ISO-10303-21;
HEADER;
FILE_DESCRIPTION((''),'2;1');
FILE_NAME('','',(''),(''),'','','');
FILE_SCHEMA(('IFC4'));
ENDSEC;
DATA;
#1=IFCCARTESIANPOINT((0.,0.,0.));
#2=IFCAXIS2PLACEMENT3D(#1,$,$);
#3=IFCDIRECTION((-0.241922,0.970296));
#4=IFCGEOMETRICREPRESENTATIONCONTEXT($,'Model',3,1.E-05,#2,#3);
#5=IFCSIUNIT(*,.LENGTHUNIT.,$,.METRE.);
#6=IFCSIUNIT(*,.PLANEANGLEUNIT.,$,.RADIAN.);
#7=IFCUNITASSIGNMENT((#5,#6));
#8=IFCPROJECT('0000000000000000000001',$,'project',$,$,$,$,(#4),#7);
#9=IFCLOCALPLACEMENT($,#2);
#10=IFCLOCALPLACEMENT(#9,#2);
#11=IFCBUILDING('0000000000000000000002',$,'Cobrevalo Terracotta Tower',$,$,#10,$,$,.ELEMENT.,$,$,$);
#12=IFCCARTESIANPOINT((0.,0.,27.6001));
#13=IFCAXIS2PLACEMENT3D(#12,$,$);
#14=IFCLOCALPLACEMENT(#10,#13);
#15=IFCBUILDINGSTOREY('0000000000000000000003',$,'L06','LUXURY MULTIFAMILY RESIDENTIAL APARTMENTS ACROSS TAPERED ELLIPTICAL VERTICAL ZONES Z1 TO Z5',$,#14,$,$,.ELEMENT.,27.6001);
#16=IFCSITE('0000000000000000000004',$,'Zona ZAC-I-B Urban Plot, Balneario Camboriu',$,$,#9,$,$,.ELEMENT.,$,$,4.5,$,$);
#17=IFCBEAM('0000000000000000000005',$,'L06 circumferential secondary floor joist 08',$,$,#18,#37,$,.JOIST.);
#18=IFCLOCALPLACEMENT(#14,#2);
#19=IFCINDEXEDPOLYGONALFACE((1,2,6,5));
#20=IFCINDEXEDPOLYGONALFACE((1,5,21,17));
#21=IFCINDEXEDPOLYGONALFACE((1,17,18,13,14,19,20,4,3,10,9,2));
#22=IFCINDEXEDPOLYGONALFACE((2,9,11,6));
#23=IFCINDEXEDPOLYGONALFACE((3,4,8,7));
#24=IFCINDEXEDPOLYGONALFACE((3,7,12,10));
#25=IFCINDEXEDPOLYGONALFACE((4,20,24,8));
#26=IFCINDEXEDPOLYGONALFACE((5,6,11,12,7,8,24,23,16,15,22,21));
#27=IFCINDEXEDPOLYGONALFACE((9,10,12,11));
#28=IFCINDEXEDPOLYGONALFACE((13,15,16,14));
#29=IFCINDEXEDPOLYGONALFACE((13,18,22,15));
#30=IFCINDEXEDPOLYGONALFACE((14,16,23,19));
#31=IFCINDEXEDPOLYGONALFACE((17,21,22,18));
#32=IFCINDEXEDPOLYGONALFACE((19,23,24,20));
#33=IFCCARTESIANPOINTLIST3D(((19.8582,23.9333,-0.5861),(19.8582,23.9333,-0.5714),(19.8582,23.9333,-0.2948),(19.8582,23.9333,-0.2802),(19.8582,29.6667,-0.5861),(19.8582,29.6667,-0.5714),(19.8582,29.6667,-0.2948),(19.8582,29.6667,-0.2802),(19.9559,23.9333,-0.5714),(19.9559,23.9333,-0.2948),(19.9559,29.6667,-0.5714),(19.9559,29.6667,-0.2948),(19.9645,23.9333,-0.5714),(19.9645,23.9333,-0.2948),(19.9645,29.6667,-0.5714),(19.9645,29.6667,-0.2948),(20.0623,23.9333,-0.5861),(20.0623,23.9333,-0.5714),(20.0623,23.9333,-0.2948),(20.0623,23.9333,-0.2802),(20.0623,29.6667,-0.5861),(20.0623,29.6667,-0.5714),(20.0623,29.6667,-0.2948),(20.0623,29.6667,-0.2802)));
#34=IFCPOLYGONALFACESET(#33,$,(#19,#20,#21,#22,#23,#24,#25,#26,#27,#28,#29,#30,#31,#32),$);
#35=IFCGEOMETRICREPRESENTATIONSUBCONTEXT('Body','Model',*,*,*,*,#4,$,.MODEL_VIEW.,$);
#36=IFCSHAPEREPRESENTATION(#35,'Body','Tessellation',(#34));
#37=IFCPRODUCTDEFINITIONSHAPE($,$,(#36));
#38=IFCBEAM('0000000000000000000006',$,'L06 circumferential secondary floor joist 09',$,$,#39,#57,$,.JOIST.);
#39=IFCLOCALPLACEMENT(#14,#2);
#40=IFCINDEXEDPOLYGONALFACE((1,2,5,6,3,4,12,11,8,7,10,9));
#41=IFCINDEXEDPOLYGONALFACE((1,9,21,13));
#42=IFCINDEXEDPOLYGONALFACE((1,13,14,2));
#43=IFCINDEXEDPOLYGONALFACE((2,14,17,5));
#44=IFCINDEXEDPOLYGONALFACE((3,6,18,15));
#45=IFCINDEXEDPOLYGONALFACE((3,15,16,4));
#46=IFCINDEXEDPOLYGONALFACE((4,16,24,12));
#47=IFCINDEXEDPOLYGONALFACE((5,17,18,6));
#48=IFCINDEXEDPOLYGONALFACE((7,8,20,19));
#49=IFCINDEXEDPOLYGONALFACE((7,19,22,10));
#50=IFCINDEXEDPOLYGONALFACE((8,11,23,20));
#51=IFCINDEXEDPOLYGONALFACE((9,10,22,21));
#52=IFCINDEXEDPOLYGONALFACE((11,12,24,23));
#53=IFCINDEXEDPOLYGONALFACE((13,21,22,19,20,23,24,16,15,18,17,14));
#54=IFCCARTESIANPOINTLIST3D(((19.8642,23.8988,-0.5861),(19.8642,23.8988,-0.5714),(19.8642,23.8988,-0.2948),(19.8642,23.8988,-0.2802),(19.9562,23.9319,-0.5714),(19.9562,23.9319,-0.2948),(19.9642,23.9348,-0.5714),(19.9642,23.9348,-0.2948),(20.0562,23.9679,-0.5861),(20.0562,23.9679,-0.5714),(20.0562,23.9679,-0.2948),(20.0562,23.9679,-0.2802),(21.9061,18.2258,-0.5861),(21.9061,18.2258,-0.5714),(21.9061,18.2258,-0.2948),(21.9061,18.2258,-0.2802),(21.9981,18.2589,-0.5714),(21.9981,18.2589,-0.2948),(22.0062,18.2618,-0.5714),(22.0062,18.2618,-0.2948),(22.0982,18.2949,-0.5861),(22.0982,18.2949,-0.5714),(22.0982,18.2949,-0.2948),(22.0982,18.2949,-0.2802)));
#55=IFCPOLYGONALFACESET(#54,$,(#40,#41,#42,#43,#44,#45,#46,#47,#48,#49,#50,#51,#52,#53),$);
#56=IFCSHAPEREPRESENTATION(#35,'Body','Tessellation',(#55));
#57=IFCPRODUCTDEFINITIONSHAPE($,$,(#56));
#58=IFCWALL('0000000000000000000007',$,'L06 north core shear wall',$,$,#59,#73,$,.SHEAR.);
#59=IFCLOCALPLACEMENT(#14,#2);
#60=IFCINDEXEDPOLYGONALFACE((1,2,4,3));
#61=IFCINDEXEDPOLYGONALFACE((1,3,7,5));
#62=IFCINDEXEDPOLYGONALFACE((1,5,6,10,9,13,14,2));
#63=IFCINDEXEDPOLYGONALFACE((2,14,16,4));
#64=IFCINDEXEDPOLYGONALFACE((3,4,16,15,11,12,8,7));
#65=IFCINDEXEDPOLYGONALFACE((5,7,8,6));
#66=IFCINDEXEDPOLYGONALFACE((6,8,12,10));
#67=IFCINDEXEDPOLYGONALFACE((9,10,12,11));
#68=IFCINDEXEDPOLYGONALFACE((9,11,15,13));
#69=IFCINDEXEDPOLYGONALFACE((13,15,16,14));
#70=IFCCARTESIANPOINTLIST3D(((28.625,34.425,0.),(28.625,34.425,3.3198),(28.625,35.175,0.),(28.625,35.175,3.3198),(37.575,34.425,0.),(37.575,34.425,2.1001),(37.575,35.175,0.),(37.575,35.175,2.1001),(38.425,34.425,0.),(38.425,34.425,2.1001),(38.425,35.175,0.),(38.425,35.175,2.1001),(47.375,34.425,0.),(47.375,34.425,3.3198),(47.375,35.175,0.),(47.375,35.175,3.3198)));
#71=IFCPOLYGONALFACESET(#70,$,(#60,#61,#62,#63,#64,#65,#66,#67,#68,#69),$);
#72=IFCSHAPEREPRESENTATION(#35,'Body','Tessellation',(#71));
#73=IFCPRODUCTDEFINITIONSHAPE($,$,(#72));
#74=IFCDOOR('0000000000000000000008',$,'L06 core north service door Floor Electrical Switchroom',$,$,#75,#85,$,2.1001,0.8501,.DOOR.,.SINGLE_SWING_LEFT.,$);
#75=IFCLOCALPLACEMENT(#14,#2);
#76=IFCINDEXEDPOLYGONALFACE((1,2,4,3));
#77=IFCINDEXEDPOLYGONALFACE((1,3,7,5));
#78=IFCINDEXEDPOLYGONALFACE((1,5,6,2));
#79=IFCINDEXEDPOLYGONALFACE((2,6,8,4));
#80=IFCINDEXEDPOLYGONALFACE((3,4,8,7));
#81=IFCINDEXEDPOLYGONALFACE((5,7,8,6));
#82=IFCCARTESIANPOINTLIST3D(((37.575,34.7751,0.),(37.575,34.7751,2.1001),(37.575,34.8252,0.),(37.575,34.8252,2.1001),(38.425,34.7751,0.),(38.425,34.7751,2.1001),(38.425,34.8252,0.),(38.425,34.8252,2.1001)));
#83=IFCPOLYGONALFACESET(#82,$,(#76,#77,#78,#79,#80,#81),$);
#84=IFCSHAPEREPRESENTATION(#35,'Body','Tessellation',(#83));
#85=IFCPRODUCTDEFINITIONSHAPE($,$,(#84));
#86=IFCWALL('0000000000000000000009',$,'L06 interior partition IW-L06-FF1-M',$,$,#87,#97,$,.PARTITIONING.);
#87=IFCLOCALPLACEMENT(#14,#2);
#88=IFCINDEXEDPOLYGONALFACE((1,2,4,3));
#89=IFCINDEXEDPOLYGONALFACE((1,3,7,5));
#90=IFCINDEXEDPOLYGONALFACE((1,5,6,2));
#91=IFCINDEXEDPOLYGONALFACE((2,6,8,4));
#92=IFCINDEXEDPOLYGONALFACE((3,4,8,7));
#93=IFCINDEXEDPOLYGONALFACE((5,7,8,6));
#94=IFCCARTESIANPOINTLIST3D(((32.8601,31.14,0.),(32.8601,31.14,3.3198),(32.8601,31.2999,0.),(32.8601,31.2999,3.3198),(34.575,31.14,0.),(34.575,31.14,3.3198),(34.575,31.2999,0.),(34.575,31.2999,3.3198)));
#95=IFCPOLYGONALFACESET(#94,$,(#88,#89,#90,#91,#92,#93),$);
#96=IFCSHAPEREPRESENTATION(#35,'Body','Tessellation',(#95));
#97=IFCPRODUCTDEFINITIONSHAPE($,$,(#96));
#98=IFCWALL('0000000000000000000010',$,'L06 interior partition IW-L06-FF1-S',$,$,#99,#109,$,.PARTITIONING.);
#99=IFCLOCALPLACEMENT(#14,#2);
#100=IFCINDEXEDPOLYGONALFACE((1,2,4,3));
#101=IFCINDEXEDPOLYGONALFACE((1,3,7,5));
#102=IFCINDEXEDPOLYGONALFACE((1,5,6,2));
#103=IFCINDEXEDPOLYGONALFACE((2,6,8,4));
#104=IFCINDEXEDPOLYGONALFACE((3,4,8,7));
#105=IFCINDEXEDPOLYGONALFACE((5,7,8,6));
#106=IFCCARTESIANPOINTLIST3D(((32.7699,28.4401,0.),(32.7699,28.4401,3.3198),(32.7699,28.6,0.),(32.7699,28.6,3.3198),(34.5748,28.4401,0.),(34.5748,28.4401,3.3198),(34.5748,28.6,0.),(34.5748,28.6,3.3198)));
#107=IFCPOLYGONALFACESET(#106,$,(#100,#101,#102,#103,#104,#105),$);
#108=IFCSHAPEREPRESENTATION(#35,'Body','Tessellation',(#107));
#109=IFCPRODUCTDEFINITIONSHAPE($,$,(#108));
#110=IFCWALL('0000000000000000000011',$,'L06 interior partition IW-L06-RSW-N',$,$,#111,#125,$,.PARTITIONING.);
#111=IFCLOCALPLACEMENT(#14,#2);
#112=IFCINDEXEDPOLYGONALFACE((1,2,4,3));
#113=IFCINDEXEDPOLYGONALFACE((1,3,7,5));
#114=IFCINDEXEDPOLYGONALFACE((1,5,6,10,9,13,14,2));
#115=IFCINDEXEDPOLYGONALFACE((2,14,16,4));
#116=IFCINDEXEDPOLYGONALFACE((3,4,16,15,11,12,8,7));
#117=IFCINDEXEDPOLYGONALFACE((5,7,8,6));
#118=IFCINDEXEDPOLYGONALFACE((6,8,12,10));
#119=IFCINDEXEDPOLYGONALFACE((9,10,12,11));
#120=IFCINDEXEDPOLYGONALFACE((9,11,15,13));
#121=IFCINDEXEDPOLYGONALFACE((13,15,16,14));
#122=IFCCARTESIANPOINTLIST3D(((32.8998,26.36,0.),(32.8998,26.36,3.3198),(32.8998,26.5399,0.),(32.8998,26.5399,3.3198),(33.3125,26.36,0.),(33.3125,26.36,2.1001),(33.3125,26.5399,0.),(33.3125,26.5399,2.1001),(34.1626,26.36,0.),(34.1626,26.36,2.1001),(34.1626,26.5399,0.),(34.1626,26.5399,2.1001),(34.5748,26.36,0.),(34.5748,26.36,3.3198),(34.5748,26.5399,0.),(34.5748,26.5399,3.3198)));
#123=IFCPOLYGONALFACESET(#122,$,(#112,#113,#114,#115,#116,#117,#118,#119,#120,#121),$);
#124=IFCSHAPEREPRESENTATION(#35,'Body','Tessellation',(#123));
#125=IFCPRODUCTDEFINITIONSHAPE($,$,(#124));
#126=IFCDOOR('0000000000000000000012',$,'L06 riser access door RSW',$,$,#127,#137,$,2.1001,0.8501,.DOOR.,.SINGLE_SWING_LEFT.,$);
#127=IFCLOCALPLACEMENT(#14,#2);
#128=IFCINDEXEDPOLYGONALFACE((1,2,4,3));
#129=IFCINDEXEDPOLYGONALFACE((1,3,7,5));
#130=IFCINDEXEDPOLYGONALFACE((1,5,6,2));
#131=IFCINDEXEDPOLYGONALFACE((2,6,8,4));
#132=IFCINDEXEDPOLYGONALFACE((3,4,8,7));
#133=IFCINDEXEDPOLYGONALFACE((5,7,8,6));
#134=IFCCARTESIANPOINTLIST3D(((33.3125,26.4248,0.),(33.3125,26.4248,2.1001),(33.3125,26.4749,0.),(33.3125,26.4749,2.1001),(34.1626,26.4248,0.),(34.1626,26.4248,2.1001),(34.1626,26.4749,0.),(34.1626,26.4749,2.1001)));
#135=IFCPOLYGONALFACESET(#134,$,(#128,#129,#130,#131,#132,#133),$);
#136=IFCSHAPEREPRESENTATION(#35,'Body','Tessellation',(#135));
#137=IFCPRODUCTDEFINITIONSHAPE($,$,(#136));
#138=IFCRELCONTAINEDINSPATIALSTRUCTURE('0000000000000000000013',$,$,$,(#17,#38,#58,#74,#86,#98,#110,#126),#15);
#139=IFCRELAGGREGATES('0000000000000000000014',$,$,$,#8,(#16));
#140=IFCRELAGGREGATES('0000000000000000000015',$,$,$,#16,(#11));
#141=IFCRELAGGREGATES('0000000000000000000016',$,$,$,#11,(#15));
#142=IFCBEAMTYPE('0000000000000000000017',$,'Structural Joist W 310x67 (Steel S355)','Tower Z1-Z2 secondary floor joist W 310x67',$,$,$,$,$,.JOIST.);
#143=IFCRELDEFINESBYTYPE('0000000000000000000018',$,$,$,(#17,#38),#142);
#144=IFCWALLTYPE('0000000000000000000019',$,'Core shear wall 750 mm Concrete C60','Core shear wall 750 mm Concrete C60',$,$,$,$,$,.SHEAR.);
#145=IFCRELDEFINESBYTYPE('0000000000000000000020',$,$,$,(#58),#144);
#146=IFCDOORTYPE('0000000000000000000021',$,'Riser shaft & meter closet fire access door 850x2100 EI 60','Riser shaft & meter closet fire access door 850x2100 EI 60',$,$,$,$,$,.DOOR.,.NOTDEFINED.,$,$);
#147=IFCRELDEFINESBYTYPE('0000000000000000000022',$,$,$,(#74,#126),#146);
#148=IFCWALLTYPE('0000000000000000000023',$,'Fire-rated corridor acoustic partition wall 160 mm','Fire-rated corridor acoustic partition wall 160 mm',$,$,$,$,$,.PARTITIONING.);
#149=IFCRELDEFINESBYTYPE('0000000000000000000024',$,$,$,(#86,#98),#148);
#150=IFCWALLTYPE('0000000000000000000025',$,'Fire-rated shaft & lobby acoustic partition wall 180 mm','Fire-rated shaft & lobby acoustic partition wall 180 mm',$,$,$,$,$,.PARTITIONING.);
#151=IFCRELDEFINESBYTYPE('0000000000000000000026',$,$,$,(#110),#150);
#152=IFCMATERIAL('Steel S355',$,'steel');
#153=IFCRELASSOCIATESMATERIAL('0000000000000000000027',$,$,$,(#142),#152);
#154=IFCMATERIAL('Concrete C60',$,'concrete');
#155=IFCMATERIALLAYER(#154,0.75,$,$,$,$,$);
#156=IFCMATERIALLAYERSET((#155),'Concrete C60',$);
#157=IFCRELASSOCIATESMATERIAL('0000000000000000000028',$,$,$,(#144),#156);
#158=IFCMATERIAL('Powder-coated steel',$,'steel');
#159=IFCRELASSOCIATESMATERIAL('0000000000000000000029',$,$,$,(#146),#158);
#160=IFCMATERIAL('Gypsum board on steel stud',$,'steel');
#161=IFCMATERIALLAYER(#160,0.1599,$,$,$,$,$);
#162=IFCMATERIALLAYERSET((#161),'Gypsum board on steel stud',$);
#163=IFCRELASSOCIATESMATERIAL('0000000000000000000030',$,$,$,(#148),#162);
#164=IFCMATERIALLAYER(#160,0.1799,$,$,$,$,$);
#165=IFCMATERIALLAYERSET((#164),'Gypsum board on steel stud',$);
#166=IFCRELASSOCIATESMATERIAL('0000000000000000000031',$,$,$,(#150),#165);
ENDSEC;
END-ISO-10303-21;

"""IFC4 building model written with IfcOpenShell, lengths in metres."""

from ifc_helpers import new_model, si_unit, direction, frame, frame_2d, origin, origin_2d, place, context, subcontext, project, spatial, rectangle, i_section, extrude, source, transform, mapped, material, layer, layer_set, material_profile, profile_set, type_object, element, fill, save


model = new_model("IFC4")

# Units and contexts
model_context = context("Model", 3, precision=1e-05, world=origin(), true_north=direction((-0.241922, 0.970296)))
body_context = subcontext(model_context, "Body", "Model", "MODEL_VIEW")
ifc_project = project(units=[si_unit("LENGTHUNIT", "METRE"), si_unit("PLANEANGLEUNIT", "RADIAN")], contexts=[model_context])

# Site, building, storey
site_placement = place(None, origin())
site = spatial("IfcSite", under=ifc_project, at=site_placement, Name="Zona ZAC-I-B Urban Plot, Balneario Camboriu", CompositionType="ELEMENT", RefElevation=4.5)
building_placement = place(site_placement, origin())
building = spatial("IfcBuilding", under=site, at=building_placement, Name="Cobrevalo Terracotta Tower", CompositionType="ELEMENT")
storey_placement = place(building_placement, frame((0.0, 0.0, 27.6001)))
storey = spatial("IfcBuildingStorey", under=building, at=storey_placement, Name="L06", Description="LUXURY MULTIFAMILY RESIDENTIAL APARTMENTS ACROSS TAPERED ELLIPTICAL VERTICAL ZONES Z1 TO Z5", CompositionType="ELEMENT", Elevation=27.6001)

# Beams
ifc_material_1 = material(Name="Steel S355", Category="steel")
ifc_material_profile = material_profile(ifc_material_1, i_section(OverallWidth=0.2041, OverallDepth=0.3059, WebThickness=0.0085, FlangeThickness=0.0146, at=origin_2d()), Name="W 310x67")
ifc_profile_set = profile_set([ifc_material_profile], Name="Steel S355")
beam_type = type_object("IfcBeamType", Name="Structural Joist W 310x67 (Steel S355)", Description="Tower Z1-Z2 secondary floor joist W 310x67", PredefinedType="JOIST", material=ifc_profile_set)
beam_1_placement = place(storey_placement, frame((19.9602, 29.6667, -0.4331), z_axis=(0.0, -1.0, 0.0), x_axis=(1.0, 0.0, 0.0)))
element("IfcBeam", 1, at=beam_1_placement, inside=storey, type_object=beam_type, Name="L06 circumferential secondary floor joist 08", PredefinedType="JOIST", context=body_context, shape_type="SweptSolid", body=[
    extrude(i_section(OverallWidth=0.2041, OverallDepth=0.3059, WebThickness=0.0085, FlangeThickness=0.0146, at=origin_2d()), origin(), (0.0, 0.0, 1.0), 5.7334),
])
beam_2_placement = place(storey_placement, frame((19.9602, 23.9333, -0.4331), z_axis=(0.338672, -0.940904, 0.0), x_axis=(0.940904, 0.338672, 0.0)))
element("IfcBeam", 2, at=beam_2_placement, inside=storey, type_object=beam_type, Name="L06 circumferential secondary floor joist 09", PredefinedType="JOIST", context=body_context, shape_type="SweptSolid", body=[
    extrude(i_section(OverallWidth=0.2041, OverallDepth=0.3059, WebThickness=0.0085, FlangeThickness=0.0146, at=origin_2d()), origin(), (0.0, 0.0, 1.0), 6.0293),
])

# Wall, opening, door
ifc_material_2 = material(Name="Concrete C60", Category="concrete")
ifc_layer_1 = layer(ifc_material_2, 0.75)
ifc_layer_set_1 = layer_set([ifc_layer_1], Name="Concrete C60")
wall_type_1 = type_object("IfcWallType", Name="Core shear wall 750 mm Concrete C60", Description="Core shear wall 750 mm Concrete C60", PredefinedType="SHEAR", material=ifc_layer_set_1)
wall_1_placement = place(storey_placement, frame((28.625, 34.8, 0.0), z_axis=(0.0, 0.0, 1.0), x_axis=(1.0, 0.0, 0.0)))
wall_1 = element("IfcWall", 3, at=wall_1_placement, inside=storey, type_object=wall_type_1, Name="L06 north core shear wall", PredefinedType="SHEAR", context=body_context, shape_type="SweptSolid", body=[
    extrude(rectangle(XDim=18.75, YDim=0.75, at=frame_2d((9.375, 0.0))), origin(), (0.0, 0.0, 1.0), 3.3198),
])
opening_1_placement = place(wall_1_placement, frame((8.95, 0.0, 0.0)))
opening_1 = element("IfcOpeningElement", 4, at=opening_1_placement, cuts=wall_1, PredefinedType="OPENING", context=body_context, shape_type="SweptSolid", body=[
    extrude(rectangle(XDim=0.8501, YDim=2.1001, at=frame_2d((0.425, 1.05))), frame((0.0, 0.385, 0.0), z_axis=(0.0, -1.0, 0.0), x_axis=(1.0, 0.0, 0.0)), (0.0, 0.0, 1.0), 0.77),
])
ifc_material_3 = material(Name="Powder-coated steel", Category="steel")
door_type_1 = type_object("IfcDoorType", Name="Riser shaft & meter closet fire access door 850x2100 EI 60", Description="Riser shaft & meter closet fire access door 850x2100 EI 60", OperationType="NOTDEFINED", PredefinedType="DOOR", material=ifc_material_3)
shared_shape_1 = source(origin(), body_context, "Body", "SweptSolid", [
    extrude(rectangle(XDim=0.8501, YDim=2.1001, at=frame_2d((0.425, 1.05))), frame((0.0, 0.0249, 0.0), z_axis=(0.0, -1.0, 0.0), x_axis=(1.0, 0.0, 0.0)), (0.0, 0.0, 1.0), 0.05),
])
door_1_placement = place(opening_1_placement, frame((0.8501, 0.0, 0.0), z_axis=(0.0, 0.0, 1.0), x_axis=(-1.0, 0.0, 0.0)))
door_1 = element("IfcDoor", 5, at=door_1_placement, inside=storey, type_object=door_type_1, Name="L06 core north service door Floor Electrical Switchroom", OperationType="SINGLE_SWING_LEFT", OverallHeight=2.1001, OverallWidth=0.8501, PredefinedType="DOOR", context=body_context, shape_type="MappedRepresentation", body=[
    mapped(shared_shape_1, transform((0.0, 0.0, 0.0), scale=1.0)),
])
fill(opening_1, door_1)

# Walls
ifc_material_4 = material(Name="Gypsum board on steel stud", Category="steel")
ifc_layer_2 = layer(ifc_material_4, 0.1599)
ifc_layer_set_2 = layer_set([ifc_layer_2], Name="Gypsum board on steel stud")
wall_type_2 = type_object("IfcWallType", Name="Fire-rated corridor acoustic partition wall 160 mm", Description="Fire-rated corridor acoustic partition wall 160 mm", PredefinedType="PARTITIONING", material=ifc_layer_set_2)
wall_2_placement = place(storey_placement, frame((32.8601, 31.22, 0.0), z_axis=(0.0, 0.0, 1.0), x_axis=(1.0, 0.0, 0.0)))
element("IfcWall", 6, at=wall_2_placement, inside=storey, type_object=wall_type_2, Name="L06 interior partition IW-L06-FF1-M", PredefinedType="PARTITIONING", context=body_context, shape_type="SweptSolid", body=[
    extrude(rectangle(XDim=1.7148, YDim=0.1599, at=frame_2d((0.8574, 0.0))), origin(), (0.0, 0.0, 1.0), 3.3198),
])
wall_3_placement = place(storey_placement, frame((32.77, 28.52, 0.0), z_axis=(0.0, 0.0, 1.0), x_axis=(1.0, 0.0, 0.0)))
element("IfcWall", 7, at=wall_3_placement, inside=storey, type_object=wall_type_2, Name="L06 interior partition IW-L06-FF1-S", PredefinedType="PARTITIONING", context=body_context, shape_type="SweptSolid", body=[
    extrude(rectangle(XDim=1.8049, YDim=0.1599, at=frame_2d((0.9023, 0.0))), origin(), (0.0, 0.0, 1.0), 3.3198),
])

# Wall, opening, door
ifc_layer_3 = layer(ifc_material_4, 0.1799)
ifc_layer_set_3 = layer_set([ifc_layer_3], Name="Gypsum board on steel stud")
wall_type_3 = type_object("IfcWallType", Name="Fire-rated shaft & lobby acoustic partition wall 180 mm", Description="Fire-rated shaft & lobby acoustic partition wall 180 mm", PredefinedType="PARTITIONING", material=ifc_layer_set_3)
wall_4_placement = place(storey_placement, frame((32.8999, 26.45, 0.0), z_axis=(0.0, 0.0, 1.0), x_axis=(1.0, 0.0, 0.0)))
wall_4 = element("IfcWall", 8, at=wall_4_placement, inside=storey, type_object=wall_type_3, Name="L06 interior partition IW-L06-RSW-N", PredefinedType="PARTITIONING", context=body_context, shape_type="SweptSolid", body=[
    extrude(rectangle(XDim=1.675, YDim=0.1799, at=frame_2d((0.8374, 0.0))), origin(), (0.0, 0.0, 1.0), 3.3198),
])
opening_2_placement = place(wall_4_placement, frame((0.4126, 0.0, 0.0)))
opening_2 = element("IfcOpeningElement", 9, at=opening_2_placement, cuts=wall_4, PredefinedType="OPENING", context=body_context, shape_type="SweptSolid", body=[
    extrude(rectangle(XDim=0.8501, YDim=2.1001, at=frame_2d((0.425, 1.05))), frame((0.0, 0.1001, 0.0), z_axis=(0.0, -1.0, 0.0), x_axis=(1.0, 0.0, 0.0)), (0.0, 0.0, 1.0), 0.2),
])
door_2_placement = place(opening_2_placement, origin())
door_2 = element("IfcDoor", 10, at=door_2_placement, inside=storey, type_object=door_type_1, Name="L06 riser access door RSW", OperationType="SINGLE_SWING_LEFT", OverallHeight=2.1001, OverallWidth=0.8501, PredefinedType="DOOR", context=body_context, shape_type="MappedRepresentation", body=[
    mapped(shared_shape_1, transform((0.0, 0.0, 0.0), scale=1.0)),
])
fill(opening_2, door_2)

save(model, "model.ifc")
